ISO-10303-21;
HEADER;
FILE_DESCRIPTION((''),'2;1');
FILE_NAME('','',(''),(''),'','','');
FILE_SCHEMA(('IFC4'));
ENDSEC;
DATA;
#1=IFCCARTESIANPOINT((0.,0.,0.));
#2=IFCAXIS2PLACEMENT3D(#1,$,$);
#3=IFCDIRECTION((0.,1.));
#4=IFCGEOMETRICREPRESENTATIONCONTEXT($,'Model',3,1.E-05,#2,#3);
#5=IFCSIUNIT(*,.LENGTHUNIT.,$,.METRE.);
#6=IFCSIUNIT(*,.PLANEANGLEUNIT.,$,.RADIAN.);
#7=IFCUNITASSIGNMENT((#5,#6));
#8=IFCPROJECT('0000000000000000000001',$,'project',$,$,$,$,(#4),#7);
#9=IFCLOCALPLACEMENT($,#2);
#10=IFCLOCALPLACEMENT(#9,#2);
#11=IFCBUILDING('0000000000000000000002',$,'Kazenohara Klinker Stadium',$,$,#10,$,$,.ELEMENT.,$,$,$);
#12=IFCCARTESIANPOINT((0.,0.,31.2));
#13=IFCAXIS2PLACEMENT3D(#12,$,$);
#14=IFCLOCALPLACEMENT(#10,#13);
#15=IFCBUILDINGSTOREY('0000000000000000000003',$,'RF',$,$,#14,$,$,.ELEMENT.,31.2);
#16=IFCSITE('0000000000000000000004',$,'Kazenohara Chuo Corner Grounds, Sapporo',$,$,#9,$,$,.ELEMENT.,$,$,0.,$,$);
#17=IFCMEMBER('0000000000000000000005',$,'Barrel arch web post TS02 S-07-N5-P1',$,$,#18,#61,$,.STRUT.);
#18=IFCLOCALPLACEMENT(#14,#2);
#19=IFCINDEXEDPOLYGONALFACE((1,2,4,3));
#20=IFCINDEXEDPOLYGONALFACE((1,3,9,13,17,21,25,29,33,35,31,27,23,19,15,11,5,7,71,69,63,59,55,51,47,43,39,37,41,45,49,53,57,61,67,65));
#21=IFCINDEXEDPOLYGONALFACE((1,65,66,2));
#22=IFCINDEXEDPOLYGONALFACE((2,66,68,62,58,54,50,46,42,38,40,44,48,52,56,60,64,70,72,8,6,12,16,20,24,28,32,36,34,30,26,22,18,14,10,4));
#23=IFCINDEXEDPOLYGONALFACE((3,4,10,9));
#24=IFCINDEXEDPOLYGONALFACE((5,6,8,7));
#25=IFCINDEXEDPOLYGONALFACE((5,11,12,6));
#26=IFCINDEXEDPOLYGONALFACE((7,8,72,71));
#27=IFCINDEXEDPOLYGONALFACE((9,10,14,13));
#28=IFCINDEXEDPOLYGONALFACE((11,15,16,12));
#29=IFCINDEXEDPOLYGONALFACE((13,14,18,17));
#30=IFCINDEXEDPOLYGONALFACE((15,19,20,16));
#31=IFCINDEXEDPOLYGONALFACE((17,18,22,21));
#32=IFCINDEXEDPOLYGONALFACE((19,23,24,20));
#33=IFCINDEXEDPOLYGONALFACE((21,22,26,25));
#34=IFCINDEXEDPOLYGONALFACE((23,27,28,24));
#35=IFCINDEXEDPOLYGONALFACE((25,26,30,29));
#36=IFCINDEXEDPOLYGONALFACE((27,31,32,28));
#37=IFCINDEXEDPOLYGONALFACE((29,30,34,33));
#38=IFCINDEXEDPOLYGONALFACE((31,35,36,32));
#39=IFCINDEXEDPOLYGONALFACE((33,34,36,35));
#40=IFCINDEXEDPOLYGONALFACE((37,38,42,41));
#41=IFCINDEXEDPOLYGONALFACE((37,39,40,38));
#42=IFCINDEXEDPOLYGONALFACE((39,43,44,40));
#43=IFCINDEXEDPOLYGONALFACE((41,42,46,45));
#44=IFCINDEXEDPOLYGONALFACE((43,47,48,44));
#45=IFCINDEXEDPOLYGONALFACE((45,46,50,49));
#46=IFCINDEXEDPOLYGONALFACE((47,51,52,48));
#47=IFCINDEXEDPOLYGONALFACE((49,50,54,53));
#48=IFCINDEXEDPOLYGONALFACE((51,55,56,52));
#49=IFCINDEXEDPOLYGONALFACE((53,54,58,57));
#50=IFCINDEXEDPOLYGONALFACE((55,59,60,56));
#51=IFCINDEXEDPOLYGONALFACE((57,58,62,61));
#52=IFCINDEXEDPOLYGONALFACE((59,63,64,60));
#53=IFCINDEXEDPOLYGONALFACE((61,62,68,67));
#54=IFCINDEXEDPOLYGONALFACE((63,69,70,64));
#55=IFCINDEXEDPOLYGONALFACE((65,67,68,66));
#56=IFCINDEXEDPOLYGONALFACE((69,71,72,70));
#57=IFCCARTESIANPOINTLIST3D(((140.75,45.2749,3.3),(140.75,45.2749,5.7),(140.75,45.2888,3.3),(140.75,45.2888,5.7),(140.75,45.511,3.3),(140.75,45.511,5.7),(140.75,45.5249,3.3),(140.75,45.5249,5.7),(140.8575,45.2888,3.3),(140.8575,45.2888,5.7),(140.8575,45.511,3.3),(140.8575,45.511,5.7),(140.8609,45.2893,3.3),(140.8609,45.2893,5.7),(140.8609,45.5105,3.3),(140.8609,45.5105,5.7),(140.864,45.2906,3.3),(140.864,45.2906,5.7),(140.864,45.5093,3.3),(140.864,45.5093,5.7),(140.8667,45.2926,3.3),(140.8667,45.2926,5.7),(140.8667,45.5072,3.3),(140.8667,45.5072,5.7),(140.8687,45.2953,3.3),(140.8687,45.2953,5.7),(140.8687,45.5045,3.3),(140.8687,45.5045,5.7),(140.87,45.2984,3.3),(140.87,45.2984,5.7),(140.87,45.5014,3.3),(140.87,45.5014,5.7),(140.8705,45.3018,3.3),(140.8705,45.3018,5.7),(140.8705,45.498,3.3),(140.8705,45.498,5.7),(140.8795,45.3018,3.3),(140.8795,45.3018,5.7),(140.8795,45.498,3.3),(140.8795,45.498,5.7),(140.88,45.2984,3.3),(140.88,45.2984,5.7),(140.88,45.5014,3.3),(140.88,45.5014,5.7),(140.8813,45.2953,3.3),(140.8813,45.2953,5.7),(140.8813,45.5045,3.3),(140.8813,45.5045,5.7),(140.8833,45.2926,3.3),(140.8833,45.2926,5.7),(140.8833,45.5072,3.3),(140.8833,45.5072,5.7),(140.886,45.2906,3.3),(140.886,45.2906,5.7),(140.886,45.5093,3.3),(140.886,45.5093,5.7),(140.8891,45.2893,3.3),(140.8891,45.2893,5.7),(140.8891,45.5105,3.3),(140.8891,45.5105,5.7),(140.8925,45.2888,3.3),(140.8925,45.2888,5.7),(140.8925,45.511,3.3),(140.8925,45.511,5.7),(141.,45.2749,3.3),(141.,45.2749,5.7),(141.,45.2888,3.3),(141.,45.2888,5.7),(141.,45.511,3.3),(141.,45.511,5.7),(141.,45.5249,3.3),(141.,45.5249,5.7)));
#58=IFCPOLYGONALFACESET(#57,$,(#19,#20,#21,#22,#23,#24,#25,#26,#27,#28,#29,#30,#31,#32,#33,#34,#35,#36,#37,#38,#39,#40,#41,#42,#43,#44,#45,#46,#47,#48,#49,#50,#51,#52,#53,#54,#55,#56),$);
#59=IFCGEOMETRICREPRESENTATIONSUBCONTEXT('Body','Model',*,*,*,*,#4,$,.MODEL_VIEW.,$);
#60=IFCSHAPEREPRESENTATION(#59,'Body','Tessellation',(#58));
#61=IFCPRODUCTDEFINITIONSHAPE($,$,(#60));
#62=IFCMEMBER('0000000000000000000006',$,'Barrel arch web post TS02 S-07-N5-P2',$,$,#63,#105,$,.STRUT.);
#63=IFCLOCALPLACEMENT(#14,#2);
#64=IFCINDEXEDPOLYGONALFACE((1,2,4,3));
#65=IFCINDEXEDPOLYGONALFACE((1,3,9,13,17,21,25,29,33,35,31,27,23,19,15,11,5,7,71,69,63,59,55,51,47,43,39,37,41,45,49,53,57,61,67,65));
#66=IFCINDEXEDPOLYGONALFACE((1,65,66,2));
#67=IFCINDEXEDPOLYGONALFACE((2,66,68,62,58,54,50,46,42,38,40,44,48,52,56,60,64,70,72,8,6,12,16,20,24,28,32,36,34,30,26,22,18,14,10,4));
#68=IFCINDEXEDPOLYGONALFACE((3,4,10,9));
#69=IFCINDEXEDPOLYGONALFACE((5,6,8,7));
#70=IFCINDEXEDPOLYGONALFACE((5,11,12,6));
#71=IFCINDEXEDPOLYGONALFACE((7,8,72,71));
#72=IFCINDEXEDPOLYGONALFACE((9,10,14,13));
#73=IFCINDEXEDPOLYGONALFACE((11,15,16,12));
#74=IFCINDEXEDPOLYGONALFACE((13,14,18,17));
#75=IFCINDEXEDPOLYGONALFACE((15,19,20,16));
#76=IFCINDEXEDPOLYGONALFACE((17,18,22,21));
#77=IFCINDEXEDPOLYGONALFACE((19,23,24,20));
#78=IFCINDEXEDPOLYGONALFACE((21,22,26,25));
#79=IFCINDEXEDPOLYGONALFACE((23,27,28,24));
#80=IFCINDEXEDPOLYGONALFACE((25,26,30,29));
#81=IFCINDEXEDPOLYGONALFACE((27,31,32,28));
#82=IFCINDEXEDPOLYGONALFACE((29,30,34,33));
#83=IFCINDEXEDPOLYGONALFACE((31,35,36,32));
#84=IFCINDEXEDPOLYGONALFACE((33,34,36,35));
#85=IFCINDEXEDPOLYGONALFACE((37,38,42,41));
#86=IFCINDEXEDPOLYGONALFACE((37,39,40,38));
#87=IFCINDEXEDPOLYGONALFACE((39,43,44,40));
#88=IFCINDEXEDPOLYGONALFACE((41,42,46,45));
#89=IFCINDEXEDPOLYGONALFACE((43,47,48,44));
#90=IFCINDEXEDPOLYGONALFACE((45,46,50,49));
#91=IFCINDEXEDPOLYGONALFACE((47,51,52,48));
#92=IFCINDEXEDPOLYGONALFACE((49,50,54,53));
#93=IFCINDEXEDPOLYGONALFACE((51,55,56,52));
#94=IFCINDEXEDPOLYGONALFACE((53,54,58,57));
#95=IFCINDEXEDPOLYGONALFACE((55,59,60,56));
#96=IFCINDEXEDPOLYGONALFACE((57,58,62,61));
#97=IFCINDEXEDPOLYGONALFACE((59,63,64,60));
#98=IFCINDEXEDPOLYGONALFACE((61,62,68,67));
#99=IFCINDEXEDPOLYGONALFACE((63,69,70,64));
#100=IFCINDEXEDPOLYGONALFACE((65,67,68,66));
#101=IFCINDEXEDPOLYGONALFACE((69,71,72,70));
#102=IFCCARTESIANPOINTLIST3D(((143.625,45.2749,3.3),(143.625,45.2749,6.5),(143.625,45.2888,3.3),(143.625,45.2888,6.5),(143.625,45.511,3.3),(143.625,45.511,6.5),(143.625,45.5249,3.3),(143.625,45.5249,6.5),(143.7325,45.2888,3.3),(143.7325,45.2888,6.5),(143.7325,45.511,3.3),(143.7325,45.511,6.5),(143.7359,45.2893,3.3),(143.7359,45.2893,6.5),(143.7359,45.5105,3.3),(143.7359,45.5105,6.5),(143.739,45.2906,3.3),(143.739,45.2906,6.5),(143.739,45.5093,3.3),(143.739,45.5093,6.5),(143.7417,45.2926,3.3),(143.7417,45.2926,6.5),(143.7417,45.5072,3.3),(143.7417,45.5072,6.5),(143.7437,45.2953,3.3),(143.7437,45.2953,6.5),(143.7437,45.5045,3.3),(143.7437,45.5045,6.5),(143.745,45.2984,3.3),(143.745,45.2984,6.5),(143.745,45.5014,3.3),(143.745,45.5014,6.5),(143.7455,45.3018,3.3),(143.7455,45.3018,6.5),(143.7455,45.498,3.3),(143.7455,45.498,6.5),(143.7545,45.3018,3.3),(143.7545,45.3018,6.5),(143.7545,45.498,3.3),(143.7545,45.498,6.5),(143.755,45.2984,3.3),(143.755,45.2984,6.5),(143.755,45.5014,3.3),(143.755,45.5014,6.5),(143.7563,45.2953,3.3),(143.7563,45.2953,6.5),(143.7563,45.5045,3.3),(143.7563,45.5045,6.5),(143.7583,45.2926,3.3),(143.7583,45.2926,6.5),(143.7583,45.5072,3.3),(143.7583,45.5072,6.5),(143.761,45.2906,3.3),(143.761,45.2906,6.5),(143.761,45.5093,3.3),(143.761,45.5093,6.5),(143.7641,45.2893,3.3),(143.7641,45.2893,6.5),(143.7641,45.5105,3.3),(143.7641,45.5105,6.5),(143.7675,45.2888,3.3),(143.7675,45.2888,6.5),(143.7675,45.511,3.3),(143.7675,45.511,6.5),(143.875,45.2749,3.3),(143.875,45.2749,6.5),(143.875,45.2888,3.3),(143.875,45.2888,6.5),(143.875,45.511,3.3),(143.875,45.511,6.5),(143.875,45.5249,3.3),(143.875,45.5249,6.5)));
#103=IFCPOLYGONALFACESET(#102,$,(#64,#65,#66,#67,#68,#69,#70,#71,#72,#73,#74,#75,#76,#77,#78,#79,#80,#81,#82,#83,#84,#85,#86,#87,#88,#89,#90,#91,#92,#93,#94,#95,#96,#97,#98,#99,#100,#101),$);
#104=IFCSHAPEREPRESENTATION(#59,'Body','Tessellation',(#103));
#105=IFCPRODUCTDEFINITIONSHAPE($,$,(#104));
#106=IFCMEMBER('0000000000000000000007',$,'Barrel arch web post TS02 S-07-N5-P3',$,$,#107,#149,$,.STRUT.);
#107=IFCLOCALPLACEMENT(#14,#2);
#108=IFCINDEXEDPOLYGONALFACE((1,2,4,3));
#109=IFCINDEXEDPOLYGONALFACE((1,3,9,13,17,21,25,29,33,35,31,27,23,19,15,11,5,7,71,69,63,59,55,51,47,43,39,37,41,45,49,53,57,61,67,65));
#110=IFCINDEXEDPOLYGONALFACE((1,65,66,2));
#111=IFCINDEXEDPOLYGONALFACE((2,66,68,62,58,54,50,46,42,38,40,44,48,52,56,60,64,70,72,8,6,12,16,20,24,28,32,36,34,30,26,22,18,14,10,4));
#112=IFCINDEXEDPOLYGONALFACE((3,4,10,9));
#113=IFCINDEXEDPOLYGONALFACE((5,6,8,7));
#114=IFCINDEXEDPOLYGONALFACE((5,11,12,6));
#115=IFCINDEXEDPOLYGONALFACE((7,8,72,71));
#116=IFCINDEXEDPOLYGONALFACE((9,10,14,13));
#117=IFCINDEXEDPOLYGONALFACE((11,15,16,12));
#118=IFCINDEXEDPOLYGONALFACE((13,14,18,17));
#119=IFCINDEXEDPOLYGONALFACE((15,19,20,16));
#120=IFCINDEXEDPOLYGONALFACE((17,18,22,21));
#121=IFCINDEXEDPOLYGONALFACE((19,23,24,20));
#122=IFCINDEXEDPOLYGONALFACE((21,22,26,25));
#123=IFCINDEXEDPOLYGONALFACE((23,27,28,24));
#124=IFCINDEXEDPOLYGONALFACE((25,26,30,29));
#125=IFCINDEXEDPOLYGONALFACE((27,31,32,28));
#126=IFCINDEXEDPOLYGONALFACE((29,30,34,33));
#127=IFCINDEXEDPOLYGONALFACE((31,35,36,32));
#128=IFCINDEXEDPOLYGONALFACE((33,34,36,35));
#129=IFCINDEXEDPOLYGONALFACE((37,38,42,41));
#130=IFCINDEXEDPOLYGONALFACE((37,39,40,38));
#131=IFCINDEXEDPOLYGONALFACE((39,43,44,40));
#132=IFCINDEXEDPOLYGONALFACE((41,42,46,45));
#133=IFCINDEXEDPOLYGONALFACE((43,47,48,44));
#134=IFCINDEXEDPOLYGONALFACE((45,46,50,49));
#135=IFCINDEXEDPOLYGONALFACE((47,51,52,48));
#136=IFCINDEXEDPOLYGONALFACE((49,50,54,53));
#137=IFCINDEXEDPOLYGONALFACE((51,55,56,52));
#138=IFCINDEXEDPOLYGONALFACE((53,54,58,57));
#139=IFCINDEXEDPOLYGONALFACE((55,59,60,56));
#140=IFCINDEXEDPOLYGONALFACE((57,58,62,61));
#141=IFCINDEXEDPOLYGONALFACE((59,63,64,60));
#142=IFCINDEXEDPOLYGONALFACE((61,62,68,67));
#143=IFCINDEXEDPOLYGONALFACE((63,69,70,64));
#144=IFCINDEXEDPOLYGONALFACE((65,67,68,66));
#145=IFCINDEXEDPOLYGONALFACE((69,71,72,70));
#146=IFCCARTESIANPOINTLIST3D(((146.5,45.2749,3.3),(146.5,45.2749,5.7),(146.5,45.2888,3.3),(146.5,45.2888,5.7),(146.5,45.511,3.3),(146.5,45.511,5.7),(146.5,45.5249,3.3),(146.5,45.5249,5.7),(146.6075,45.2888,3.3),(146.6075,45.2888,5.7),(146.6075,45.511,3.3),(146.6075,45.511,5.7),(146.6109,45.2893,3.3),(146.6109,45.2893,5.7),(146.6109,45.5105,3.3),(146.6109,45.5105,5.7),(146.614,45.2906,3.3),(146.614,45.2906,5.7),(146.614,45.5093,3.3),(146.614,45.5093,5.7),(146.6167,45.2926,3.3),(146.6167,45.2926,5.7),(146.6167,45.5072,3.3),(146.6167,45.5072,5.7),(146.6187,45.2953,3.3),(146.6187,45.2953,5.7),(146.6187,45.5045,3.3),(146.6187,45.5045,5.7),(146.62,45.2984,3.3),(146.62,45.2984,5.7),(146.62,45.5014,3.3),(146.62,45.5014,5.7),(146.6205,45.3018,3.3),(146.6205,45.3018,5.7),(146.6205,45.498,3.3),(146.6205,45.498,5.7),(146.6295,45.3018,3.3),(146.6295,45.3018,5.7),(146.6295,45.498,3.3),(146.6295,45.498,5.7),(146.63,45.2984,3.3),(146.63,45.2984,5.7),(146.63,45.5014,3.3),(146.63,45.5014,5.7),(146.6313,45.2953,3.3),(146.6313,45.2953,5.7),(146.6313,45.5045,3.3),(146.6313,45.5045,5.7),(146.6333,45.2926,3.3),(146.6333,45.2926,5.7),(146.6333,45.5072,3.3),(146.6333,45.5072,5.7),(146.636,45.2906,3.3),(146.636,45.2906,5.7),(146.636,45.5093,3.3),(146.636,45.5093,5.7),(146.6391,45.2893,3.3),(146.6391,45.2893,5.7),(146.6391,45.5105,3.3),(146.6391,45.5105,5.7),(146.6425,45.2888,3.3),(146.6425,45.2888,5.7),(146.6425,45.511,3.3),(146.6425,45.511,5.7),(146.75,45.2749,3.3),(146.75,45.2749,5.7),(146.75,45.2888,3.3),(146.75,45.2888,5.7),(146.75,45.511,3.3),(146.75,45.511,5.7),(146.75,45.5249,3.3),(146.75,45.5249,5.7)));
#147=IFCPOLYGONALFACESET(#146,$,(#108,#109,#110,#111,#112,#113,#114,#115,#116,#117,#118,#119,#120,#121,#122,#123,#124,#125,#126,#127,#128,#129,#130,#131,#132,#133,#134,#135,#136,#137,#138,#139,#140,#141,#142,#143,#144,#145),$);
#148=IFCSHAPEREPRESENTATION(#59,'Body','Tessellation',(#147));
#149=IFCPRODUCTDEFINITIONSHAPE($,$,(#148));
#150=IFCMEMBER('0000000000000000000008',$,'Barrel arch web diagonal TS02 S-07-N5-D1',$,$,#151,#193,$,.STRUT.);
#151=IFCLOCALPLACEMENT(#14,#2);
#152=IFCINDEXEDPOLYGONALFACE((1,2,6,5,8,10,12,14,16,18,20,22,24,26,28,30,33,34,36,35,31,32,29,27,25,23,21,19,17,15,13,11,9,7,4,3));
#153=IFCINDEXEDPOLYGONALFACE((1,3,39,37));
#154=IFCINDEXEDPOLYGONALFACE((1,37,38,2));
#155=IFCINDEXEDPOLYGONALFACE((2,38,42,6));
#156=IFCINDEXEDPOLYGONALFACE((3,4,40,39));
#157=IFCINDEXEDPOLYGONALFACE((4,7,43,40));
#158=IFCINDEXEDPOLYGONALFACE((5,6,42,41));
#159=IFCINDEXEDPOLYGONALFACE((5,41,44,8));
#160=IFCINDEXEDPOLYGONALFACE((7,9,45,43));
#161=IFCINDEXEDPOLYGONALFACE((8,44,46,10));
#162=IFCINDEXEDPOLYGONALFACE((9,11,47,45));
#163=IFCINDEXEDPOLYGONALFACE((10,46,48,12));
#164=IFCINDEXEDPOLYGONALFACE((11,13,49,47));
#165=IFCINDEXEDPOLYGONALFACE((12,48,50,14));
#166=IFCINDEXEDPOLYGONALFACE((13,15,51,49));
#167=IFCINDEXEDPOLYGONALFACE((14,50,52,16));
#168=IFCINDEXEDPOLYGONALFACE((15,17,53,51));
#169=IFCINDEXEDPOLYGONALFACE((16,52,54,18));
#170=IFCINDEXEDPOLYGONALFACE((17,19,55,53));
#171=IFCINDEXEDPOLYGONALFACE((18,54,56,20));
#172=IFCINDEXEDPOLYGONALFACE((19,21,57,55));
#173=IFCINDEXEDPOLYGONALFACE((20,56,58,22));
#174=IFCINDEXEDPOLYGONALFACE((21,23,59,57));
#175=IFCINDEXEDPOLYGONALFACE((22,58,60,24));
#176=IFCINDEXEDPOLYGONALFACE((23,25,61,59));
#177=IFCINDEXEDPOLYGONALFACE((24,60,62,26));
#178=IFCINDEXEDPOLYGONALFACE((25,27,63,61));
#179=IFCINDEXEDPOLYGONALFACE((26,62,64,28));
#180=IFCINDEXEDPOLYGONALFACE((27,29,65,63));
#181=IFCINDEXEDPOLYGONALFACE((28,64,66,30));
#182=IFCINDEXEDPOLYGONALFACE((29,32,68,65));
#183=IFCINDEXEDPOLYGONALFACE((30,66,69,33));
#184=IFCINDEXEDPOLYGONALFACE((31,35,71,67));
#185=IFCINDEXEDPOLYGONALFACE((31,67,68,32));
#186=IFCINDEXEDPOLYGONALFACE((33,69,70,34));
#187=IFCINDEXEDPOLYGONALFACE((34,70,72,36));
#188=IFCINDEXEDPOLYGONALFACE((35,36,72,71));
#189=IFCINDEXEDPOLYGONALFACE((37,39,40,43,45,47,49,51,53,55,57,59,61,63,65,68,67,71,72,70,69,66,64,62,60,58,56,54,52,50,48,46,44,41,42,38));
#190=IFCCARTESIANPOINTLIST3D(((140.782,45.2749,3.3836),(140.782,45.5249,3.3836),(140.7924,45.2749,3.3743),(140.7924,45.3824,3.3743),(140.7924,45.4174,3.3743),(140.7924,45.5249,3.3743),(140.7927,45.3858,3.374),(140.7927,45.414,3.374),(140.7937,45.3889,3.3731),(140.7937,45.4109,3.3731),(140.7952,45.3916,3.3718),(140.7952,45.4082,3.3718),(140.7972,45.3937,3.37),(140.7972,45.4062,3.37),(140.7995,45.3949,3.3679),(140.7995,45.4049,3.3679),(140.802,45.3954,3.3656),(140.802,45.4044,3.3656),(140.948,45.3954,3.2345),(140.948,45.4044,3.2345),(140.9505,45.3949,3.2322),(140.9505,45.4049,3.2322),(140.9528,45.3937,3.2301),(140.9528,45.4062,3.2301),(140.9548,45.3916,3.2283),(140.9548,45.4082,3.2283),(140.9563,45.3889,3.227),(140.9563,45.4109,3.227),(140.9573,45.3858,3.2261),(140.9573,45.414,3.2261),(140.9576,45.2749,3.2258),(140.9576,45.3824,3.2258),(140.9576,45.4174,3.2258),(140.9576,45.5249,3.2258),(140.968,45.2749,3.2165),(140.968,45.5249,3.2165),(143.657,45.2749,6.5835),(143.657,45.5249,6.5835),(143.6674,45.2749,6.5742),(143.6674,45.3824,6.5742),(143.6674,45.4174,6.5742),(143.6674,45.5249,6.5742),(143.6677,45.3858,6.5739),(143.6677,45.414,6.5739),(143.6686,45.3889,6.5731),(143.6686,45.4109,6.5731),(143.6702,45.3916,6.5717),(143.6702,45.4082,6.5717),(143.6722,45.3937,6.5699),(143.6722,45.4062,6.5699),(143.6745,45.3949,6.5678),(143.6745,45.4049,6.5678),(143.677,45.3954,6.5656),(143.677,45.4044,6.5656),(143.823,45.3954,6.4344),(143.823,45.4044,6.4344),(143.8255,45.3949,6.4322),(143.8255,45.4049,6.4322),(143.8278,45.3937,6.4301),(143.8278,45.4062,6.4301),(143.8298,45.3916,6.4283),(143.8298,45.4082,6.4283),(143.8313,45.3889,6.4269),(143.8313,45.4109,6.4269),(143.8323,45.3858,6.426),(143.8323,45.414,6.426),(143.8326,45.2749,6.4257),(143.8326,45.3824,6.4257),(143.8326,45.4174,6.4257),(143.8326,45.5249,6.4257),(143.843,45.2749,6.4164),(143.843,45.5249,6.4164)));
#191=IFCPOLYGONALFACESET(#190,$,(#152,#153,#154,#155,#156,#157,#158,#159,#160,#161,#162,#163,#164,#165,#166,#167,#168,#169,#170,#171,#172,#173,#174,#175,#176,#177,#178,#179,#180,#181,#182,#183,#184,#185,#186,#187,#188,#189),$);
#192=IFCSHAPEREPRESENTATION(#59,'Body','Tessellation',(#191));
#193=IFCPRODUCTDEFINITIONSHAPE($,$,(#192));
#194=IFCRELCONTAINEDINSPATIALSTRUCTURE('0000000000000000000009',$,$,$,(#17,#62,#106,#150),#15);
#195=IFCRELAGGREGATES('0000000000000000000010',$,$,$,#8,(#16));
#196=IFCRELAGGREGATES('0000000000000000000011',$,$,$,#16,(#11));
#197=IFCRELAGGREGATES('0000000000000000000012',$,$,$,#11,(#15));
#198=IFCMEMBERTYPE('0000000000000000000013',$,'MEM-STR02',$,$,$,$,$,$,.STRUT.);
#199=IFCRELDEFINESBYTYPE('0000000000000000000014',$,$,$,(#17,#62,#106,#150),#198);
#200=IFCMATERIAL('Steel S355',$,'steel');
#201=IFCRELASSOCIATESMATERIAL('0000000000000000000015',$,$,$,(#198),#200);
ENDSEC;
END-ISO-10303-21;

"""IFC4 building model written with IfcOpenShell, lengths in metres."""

from ifc_helpers import new_model, si_unit, direction, frame, origin, origin_2d, place, context, subcontext, project, spatial, i_section, extrude, material, material_profile, profile_set, type_object, element, save


model = new_model("IFC4")

# Units and contexts
model_context = context("Model", 3, precision=1e-05, world=origin(), true_north=direction((0.0, 1.0)))
body_context = subcontext(model_context, "Body", "Model", "MODEL_VIEW")
ifc_project = project(units=[si_unit("LENGTHUNIT", "METRE"), si_unit("PLANEANGLEUNIT", "RADIAN")], contexts=[model_context])

# Site, building, storey
site_placement = place(None, origin())
site = spatial("IfcSite", under=ifc_project, at=site_placement, Name="Kazenohara Chuo Corner Grounds, Sapporo", CompositionType="ELEMENT", RefElevation=0.0)
building_placement = place(site_placement, origin())
building = spatial("IfcBuilding", under=site, at=building_placement, Name="Kazenohara Klinker Stadium", CompositionType="ELEMENT")
storey_placement = place(building_placement, frame((0.0, 0.0, 31.2)))
storey = spatial("IfcBuildingStorey", under=building, at=storey_placement, Name="RF", CompositionType="ELEMENT", Elevation=31.2)

# Members
ifc_material_1 = material(Name="Steel S355", Category="steel")
ifc_material_profile_1 = material_profile(ifc_material_1, i_section(OverallWidth=0.25, OverallDepth=0.25, WebThickness=0.009, FlangeThickness=0.0139, FilletRadius=0.0129, at=origin_2d()), Name="H-250x250x9x14")
ifc_profile_set_1 = profile_set([ifc_material_profile_1], Name="Steel S355")
member_type_1 = type_object("IfcMemberType", Name="MEM-STR02", PredefinedType="STRUT", material=ifc_profile_set_1)
member_1_placement = place(storey_placement, frame((140.875, 45.3999, 3.3), z_axis=(0.0, 0.0, 1.0), x_axis=(1.0, 0.0, 0.0)))
element("IfcMember", 1, at=member_1_placement, inside=storey, type_object=member_type_1, Name="Barrel arch web post TS02 S-07-N5-P1", PredefinedType="STRUT", context=body_context, shape_type="SweptSolid", body=[
    extrude(i_section(OverallWidth=0.25, OverallDepth=0.25, WebThickness=0.009, FlangeThickness=0.0139, FilletRadius=0.0129, at=origin_2d()), origin(), (0.0, 0.0, 1.0), 2.3999),
])
member_2_placement = place(storey_placement, frame((143.75, 45.3999, 3.3), z_axis=(0.0, 0.0, 1.0), x_axis=(1.0, 0.0, 0.0)))
element("IfcMember", 2, at=member_2_placement, inside=storey, type_object=member_type_1, Name="Barrel arch web post TS02 S-07-N5-P2", PredefinedType="STRUT", context=body_context, shape_type="SweptSolid", body=[
    extrude(i_section(OverallWidth=0.25, OverallDepth=0.25, WebThickness=0.009, FlangeThickness=0.0139, FilletRadius=0.0129, at=origin_2d()), origin(), (0.0, 0.0, 1.0), 3.2),
])
member_3_placement = place(storey_placement, frame((146.625, 45.3999, 3.3), z_axis=(0.0, 0.0, 1.0), x_axis=(1.0, 0.0, 0.0)))
element("IfcMember", 3, at=member_3_placement, inside=storey, type_object=member_type_1, Name="Barrel arch web post TS02 S-07-N5-P3", PredefinedType="STRUT", context=body_context, shape_type="SweptSolid", body=[
    extrude(i_section(OverallWidth=0.25, OverallDepth=0.25, WebThickness=0.009, FlangeThickness=0.0139, FilletRadius=0.0129, at=origin_2d()), origin(), (0.0, 0.0, 1.0), 2.3999),
])
for number, where, z_axis, x_axis, name in (
    (4, (140.875, 45.3999, 3.3), (0.668328, 0.0, 0.743867), (0.0, 1.0, 0.0), "Barrel arch web diagonal TS02 S-07-N5-D1"),
):
    element("IfcMember", number, at=place(storey_placement, frame(where, z_axis=z_axis, x_axis=x_axis)), inside=storey, type_object=member_type_1, Name=name, PredefinedType="STRUT", context=body_context, shape_type="SweptSolid", body=[
        extrude(i_section(OverallWidth=0.25, OverallDepth=0.25, WebThickness=0.009, FlangeThickness=0.0139, FilletRadius=0.0129, at=origin_2d()), origin(), (0.0, 0.0, 1.0), 4.3018),
    ])

save(model, "model.ifc")
